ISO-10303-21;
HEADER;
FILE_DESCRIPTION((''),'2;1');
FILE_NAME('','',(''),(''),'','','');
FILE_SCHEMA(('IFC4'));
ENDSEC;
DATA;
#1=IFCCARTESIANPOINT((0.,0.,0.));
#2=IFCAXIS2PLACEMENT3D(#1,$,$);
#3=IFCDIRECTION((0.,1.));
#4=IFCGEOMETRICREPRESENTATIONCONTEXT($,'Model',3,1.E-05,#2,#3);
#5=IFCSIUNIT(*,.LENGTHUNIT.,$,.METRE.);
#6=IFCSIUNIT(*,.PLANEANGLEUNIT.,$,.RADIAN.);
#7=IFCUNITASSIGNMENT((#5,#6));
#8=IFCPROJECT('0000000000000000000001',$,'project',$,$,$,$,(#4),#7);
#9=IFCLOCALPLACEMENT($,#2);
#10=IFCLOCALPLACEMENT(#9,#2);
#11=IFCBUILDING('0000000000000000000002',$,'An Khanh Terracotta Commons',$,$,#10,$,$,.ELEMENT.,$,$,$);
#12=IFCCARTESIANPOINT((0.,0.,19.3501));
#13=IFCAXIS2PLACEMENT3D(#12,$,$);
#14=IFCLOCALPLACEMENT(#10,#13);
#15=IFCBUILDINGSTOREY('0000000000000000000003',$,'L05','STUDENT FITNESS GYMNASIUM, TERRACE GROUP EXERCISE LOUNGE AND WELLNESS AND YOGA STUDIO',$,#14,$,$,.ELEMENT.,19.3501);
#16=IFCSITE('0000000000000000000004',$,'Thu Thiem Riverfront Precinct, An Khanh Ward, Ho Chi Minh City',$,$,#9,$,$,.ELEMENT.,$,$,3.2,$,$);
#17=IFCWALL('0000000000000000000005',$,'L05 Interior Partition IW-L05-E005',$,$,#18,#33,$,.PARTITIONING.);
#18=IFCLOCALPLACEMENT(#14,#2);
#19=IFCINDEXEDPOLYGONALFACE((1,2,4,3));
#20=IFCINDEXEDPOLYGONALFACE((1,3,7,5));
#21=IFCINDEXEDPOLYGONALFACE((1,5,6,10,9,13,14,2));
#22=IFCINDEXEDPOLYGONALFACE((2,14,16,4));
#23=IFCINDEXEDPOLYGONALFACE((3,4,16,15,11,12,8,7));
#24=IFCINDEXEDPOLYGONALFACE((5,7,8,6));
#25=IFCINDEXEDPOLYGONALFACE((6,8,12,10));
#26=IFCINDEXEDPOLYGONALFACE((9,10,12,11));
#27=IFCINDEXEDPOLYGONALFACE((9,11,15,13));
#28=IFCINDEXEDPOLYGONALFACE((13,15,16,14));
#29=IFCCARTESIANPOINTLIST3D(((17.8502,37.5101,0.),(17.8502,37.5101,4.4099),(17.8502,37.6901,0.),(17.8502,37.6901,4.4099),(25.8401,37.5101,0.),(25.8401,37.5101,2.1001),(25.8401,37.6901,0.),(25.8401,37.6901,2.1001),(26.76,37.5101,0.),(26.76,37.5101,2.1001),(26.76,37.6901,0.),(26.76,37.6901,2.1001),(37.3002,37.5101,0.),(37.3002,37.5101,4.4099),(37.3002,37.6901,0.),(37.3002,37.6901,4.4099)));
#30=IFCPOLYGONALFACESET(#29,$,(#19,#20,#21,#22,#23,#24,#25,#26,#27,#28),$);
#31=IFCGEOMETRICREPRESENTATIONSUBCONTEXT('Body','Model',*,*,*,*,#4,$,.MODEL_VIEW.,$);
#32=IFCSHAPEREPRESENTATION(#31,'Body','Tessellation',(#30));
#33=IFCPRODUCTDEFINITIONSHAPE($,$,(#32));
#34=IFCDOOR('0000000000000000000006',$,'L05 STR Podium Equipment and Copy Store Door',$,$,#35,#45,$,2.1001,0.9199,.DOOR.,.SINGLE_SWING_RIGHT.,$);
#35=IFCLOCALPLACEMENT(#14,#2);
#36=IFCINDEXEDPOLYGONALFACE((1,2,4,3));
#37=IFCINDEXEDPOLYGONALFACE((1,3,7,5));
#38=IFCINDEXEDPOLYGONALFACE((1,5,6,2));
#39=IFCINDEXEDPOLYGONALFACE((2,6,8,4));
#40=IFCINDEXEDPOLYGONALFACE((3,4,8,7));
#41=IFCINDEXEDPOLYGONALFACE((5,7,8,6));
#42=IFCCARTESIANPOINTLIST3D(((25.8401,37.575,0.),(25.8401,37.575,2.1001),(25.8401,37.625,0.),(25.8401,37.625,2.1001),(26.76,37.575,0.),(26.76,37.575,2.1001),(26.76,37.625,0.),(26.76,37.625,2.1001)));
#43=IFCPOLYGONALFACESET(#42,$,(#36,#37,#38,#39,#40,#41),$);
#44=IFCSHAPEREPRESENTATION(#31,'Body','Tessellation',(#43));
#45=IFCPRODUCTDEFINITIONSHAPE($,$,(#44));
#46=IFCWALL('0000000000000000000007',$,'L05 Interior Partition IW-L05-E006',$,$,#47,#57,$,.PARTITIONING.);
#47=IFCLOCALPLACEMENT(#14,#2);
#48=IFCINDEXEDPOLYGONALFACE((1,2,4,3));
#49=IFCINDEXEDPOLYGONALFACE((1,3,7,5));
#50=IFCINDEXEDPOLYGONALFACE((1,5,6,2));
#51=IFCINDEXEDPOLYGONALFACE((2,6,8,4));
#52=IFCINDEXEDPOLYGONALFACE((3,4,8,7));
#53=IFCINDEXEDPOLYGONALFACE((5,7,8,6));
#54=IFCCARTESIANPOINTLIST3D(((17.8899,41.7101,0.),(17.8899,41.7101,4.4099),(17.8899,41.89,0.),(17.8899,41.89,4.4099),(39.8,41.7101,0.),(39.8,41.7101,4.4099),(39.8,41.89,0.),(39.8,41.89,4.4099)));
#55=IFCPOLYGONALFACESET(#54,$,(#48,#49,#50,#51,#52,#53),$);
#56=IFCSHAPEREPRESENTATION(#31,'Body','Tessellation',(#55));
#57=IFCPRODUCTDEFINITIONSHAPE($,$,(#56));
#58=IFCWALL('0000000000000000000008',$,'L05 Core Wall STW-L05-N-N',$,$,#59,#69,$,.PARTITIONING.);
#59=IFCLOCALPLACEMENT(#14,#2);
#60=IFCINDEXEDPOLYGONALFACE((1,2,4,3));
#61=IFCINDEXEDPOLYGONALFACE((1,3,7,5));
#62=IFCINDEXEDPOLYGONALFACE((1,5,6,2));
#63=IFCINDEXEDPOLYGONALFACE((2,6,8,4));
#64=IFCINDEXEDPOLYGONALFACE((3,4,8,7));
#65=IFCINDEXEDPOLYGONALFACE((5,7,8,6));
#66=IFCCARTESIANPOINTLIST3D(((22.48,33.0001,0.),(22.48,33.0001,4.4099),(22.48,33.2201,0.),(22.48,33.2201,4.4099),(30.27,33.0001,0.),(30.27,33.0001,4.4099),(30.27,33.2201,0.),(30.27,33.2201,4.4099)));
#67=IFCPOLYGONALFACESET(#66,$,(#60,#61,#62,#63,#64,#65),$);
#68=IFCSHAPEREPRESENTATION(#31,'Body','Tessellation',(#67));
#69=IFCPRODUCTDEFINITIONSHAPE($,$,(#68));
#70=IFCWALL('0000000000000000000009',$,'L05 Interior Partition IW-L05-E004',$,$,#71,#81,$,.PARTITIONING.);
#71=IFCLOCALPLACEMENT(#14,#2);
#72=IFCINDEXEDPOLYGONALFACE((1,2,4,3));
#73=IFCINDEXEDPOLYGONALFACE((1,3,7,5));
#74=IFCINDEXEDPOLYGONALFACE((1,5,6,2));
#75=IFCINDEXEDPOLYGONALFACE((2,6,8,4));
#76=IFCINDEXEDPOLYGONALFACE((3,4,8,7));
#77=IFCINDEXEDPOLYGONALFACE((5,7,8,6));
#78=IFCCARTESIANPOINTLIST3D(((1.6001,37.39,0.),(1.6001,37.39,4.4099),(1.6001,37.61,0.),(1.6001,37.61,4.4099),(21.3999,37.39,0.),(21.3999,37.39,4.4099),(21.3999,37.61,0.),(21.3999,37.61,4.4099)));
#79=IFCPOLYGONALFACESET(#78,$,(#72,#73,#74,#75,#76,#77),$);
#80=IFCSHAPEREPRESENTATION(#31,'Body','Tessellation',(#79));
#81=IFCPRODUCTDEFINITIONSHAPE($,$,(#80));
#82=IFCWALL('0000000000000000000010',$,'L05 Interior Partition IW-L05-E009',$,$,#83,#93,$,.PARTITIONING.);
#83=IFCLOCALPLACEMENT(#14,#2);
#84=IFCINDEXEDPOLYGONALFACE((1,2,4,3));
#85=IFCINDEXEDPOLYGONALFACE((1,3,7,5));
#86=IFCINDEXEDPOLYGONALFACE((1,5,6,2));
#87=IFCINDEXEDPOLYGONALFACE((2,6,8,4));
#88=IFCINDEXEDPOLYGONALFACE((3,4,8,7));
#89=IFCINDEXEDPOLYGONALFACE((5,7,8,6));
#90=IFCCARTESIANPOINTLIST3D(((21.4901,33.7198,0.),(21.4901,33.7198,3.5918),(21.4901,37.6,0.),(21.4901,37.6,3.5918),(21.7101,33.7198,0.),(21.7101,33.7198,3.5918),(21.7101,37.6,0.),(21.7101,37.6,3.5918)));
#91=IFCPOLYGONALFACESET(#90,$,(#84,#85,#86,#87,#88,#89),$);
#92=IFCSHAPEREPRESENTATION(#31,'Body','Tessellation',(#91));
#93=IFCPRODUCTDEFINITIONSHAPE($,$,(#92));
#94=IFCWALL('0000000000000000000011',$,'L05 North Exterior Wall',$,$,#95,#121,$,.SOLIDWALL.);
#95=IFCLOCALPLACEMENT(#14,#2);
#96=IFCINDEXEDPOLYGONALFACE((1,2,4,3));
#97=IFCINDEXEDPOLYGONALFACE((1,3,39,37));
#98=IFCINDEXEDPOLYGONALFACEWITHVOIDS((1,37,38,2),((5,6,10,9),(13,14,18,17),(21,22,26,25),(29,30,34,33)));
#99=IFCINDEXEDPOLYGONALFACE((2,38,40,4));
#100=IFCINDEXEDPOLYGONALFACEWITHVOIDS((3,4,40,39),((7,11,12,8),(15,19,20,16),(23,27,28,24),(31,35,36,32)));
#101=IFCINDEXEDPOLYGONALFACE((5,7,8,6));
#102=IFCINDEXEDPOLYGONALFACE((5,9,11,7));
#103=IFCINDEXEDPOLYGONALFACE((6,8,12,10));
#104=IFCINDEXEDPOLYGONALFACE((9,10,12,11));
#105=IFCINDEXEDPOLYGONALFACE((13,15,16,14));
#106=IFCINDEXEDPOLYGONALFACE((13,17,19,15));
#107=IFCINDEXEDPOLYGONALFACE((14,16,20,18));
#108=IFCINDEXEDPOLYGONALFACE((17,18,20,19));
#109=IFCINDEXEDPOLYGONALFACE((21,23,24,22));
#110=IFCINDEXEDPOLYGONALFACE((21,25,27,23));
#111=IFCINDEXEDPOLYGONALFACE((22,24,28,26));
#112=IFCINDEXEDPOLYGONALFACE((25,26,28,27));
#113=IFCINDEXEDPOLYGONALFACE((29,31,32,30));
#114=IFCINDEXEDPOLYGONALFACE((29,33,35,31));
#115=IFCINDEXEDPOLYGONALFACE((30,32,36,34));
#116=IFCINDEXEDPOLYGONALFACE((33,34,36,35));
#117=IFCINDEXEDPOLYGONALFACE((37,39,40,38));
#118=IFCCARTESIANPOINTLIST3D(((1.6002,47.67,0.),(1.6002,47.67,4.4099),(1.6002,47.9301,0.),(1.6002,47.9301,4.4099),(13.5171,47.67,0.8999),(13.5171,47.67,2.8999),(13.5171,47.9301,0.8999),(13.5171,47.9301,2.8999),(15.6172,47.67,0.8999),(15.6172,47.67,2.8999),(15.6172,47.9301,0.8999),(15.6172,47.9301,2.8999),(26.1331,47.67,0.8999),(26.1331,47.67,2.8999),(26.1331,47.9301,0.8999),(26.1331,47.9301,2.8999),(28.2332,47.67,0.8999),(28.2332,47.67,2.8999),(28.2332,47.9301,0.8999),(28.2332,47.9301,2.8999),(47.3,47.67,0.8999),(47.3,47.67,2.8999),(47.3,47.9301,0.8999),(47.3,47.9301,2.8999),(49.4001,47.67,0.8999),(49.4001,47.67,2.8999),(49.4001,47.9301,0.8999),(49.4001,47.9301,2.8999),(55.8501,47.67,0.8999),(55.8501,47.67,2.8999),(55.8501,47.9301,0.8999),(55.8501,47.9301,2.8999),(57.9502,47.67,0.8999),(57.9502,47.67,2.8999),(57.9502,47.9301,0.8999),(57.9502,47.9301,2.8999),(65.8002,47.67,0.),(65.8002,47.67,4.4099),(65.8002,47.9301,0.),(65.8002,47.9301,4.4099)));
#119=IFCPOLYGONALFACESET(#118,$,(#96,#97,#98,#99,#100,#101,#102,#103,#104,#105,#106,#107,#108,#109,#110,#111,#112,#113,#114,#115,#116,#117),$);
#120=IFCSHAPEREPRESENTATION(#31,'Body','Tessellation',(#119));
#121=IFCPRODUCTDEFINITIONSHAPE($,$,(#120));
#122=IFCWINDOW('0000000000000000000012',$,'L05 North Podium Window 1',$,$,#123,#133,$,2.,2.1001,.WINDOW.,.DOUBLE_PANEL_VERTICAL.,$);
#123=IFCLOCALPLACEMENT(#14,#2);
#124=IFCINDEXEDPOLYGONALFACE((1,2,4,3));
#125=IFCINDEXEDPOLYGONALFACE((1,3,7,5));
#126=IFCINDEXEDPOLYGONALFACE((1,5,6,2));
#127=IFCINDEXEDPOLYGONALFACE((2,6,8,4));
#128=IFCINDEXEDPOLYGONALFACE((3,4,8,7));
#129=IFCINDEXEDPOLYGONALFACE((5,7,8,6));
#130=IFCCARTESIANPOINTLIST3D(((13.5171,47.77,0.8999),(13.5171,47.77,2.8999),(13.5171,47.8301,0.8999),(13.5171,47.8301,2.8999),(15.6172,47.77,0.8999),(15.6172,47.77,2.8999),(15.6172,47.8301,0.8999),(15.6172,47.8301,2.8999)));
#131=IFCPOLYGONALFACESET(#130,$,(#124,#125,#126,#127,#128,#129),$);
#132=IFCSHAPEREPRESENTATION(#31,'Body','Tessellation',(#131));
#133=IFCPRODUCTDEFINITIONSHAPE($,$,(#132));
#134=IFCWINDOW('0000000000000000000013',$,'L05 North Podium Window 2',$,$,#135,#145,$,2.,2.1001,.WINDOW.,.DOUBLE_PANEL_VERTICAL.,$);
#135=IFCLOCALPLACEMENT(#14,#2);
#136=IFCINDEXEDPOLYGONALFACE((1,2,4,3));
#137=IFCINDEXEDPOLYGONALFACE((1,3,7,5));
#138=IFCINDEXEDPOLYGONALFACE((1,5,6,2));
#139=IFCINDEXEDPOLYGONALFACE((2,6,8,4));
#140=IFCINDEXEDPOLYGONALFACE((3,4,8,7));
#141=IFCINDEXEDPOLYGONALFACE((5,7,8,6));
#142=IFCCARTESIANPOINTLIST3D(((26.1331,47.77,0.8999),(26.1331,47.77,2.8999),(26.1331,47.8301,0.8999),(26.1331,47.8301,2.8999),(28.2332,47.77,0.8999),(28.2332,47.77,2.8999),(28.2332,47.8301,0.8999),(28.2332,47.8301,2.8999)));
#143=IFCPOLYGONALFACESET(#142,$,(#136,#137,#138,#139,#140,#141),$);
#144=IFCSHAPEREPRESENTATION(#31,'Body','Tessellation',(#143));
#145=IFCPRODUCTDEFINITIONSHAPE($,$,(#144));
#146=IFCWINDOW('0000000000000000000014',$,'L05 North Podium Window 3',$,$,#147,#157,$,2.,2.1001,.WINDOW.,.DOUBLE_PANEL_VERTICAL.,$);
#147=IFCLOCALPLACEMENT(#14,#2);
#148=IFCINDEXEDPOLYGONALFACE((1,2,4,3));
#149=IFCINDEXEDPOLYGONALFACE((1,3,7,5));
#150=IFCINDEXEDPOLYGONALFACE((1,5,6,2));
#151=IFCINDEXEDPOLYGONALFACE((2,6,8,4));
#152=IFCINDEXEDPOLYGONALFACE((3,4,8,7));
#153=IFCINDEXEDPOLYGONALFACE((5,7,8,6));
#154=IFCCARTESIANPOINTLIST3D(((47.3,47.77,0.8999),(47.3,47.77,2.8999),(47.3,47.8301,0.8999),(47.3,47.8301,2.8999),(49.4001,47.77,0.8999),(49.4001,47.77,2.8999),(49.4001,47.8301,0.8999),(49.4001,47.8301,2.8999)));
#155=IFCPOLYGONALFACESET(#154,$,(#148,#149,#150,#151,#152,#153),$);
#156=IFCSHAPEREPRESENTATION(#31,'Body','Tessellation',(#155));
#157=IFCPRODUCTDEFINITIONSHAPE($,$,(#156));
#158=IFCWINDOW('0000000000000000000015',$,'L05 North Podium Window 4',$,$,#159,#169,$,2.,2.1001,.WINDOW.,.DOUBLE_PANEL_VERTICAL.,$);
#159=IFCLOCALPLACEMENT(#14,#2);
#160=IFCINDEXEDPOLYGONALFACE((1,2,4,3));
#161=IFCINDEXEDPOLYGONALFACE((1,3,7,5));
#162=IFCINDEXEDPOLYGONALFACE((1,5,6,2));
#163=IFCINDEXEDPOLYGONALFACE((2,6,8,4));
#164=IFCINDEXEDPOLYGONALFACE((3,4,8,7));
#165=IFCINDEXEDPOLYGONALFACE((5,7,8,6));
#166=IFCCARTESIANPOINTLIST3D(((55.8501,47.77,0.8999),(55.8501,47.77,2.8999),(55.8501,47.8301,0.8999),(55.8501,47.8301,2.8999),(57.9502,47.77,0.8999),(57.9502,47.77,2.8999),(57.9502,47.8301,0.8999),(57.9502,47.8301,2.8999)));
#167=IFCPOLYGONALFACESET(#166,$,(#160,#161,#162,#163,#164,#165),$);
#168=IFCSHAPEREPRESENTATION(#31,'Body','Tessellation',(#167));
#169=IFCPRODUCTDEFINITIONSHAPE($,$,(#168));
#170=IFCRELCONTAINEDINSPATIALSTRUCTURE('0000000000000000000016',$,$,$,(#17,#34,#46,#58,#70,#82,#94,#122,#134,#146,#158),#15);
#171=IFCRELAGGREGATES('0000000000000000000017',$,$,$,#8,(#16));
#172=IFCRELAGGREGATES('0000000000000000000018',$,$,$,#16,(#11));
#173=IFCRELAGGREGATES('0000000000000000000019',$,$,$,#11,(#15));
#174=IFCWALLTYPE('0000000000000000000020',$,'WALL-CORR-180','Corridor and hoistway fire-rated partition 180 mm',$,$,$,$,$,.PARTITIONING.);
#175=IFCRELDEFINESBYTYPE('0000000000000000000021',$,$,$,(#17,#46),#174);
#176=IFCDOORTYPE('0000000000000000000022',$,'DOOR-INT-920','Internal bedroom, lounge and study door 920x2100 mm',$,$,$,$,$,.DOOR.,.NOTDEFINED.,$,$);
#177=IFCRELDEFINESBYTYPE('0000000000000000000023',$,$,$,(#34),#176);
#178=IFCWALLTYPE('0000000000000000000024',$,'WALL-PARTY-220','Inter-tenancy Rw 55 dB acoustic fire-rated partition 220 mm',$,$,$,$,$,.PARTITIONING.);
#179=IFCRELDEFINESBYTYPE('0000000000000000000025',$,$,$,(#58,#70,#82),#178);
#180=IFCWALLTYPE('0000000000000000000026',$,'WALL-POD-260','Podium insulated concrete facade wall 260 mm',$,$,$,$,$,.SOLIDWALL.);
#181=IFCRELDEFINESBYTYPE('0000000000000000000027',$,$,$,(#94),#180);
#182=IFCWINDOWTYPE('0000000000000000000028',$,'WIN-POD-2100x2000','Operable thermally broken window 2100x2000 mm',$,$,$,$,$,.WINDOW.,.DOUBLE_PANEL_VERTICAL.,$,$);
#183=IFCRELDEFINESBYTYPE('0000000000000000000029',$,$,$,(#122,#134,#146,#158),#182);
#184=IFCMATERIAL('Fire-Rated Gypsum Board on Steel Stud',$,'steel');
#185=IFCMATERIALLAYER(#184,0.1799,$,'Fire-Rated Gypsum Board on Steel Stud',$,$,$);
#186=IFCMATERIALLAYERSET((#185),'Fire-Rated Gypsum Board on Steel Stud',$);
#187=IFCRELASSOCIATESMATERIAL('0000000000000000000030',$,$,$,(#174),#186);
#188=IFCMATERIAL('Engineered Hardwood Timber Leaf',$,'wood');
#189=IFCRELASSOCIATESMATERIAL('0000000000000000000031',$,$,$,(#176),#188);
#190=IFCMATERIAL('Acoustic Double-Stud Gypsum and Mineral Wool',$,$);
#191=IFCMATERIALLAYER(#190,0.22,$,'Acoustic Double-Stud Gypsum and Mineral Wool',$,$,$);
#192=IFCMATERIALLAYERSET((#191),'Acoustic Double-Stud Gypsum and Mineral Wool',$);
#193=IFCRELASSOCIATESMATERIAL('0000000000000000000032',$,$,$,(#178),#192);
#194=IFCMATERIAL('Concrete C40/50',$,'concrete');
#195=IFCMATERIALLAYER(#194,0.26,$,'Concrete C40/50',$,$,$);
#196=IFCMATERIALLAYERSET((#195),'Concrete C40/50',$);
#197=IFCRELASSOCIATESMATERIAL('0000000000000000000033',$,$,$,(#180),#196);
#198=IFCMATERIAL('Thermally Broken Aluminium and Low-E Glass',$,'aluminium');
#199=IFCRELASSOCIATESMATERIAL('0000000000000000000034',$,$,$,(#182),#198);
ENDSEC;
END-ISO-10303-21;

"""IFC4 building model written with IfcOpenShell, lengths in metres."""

from ifc_helpers import new_model, si_unit, direction, frame, frame_2d, origin, place, context, subcontext, project, spatial, rectangle, extrude, material, layer, layer_set, type_object, element, fill, save


model = new_model("IFC4")

# Units and contexts
model_context = context("Model", 3, precision=1e-05, world=origin(), true_north=direction((0.0, 1.0)))
body_context = subcontext(model_context, "Body", "Model", "MODEL_VIEW")
ifc_project = project(units=[si_unit("LENGTHUNIT", "METRE"), si_unit("PLANEANGLEUNIT", "RADIAN")], contexts=[model_context])

# Site, building, storey
site_placement = place(None, origin())
site = spatial("IfcSite", under=ifc_project, at=site_placement, Name="Thu Thiem Riverfront Precinct, An Khanh Ward, Ho Chi Minh City", CompositionType="ELEMENT", RefElevation=3.2)
building_placement = place(site_placement, origin())
building = spatial("IfcBuilding", under=site, at=building_placement, Name="An Khanh Terracotta Commons", CompositionType="ELEMENT")
storey_placement = place(building_placement, frame((0.0, 0.0, 19.3501)))
storey = spatial("IfcBuildingStorey", under=building, at=storey_placement, Name="L05", Description="STUDENT FITNESS GYMNASIUM, TERRACE GROUP EXERCISE LOUNGE AND WELLNESS AND YOGA STUDIO", CompositionType="ELEMENT", Elevation=19.3501)

# Wall, opening, door
ifc_material_1 = material(Name="Fire-Rated Gypsum Board on Steel Stud", Category="steel")
ifc_layer_1 = layer(ifc_material_1, 0.1799, Name="Fire-Rated Gypsum Board on Steel Stud")
ifc_layer_set_1 = layer_set([ifc_layer_1], Name="Fire-Rated Gypsum Board on Steel Stud")
wall_type_1 = type_object("IfcWallType", Name="WALL-CORR-180", Description="Corridor and hoistway fire-rated partition 180 mm", PredefinedType="PARTITIONING", material=ifc_layer_set_1)
wall_1_placement = place(storey_placement, frame((17.8501, 37.6001, 0.0), z_axis=(0.0, 0.0, 1.0), x_axis=(1.0, 0.0, 0.0)))
wall_1 = element("IfcWall", 1, at=wall_1_placement, inside=storey, type_object=wall_type_1, Name="L05 Interior Partition IW-L05-E005", PredefinedType="PARTITIONING", context=body_context, shape_type="SweptSolid", body=[
    extrude(rectangle(XDim=19.45, YDim=0.1799, at=frame_2d((9.7251, 0.0))), origin(), (0.0, 0.0, 1.0), 4.4099),
])
opening_1_placement = place(wall_1_placement, frame((7.99, 0.0, 0.0)))
opening_1 = element("IfcOpeningElement", 2, at=opening_1_placement, cuts=wall_1, PredefinedType="OPENING", context=body_context, shape_type="SweptSolid", body=[
    extrude(rectangle(XDim=0.9199, YDim=2.1001, at=frame_2d((0.46, 1.05))), frame((0.0, 0.0999, 0.0), z_axis=(0.0, -1.0, 0.0), x_axis=(1.0, 0.0, 0.0)), (0.0, 0.0, 1.0), 0.2),
])
ifc_material_2 = material(Name="Engineered Hardwood Timber Leaf", Category="wood")
door_type_1 = type_object("IfcDoorType", Name="DOOR-INT-920", Description="Internal bedroom, lounge and study door 920x2100 mm", OperationType="NOTDEFINED", PredefinedType="DOOR", material=ifc_material_2)
door_1_placement = place(opening_1_placement, origin())
door_1 = element("IfcDoor", 3, at=door_1_placement, inside=storey, type_object=door_type_1, Name="L05 STR Podium Equipment and Copy Store Door", OperationType="SINGLE_SWING_RIGHT", OverallHeight=2.1001, OverallWidth=0.9199, PredefinedType="DOOR", context=body_context, shape_type="SweptSolid", body=[
    extrude(rectangle(XDim=0.9199, YDim=2.1001, at=frame_2d((0.46, 1.05))), frame((0.0, 0.0249, 0.0), z_axis=(0.0, -1.0, 0.0), x_axis=(1.0, 0.0, 0.0)), (0.0, 0.0, 1.0), 0.05),
])
fill(opening_1, door_1)

# Walls
wall_2_placement = place(storey_placement, frame((17.8899, 41.8, 0.0), z_axis=(0.0, 0.0, 1.0), x_axis=(1.0, 0.0, 0.0)))
element("IfcWall", 4, at=wall_2_placement, inside=storey, type_object=wall_type_1, Name="L05 Interior Partition IW-L05-E006", PredefinedType="PARTITIONING", context=body_context, shape_type="SweptSolid", body=[
    extrude(rectangle(XDim=21.9102, YDim=0.1799, at=frame_2d((10.9551, 0.0))), origin(), (0.0, 0.0, 1.0), 4.4099),
])
ifc_material_3 = material(Name="Acoustic Double-Stud Gypsum and Mineral Wool")
ifc_layer_2 = layer(ifc_material_3, 0.22, Name="Acoustic Double-Stud Gypsum and Mineral Wool")
ifc_layer_set_2 = layer_set([ifc_layer_2], Name="Acoustic Double-Stud Gypsum and Mineral Wool")
wall_type_2 = type_object("IfcWallType", Name="WALL-PARTY-220", Description="Inter-tenancy Rw 55 dB acoustic fire-rated partition 220 mm", PredefinedType="PARTITIONING", material=ifc_layer_set_2)
wall_3_placement = place(storey_placement, frame((22.48, 33.1101, 0.0), z_axis=(0.0, 0.0, 1.0), x_axis=(1.0, 0.0, 0.0)))
element("IfcWall", 5, at=wall_3_placement, inside=storey, type_object=wall_type_2, Name="L05 Core Wall STW-L05-N-N", PredefinedType="PARTITIONING", context=body_context, shape_type="SweptSolid", body=[
    extrude(rectangle(XDim=7.79, YDim=0.22, at=frame_2d((3.895, 0.0))), origin(), (0.0, 0.0, 1.0), 4.4099),
])
wall_4_placement = place(storey_placement, frame((1.6001, 37.5, 0.0), z_axis=(0.0, 0.0, 1.0), x_axis=(1.0, 0.0, 0.0)))
element("IfcWall", 6, at=wall_4_placement, inside=storey, type_object=wall_type_2, Name="L05 Interior Partition IW-L05-E004", PredefinedType="PARTITIONING", context=body_context, shape_type="SweptSolid", body=[
    extrude(rectangle(XDim=19.7998, YDim=0.22, at=frame_2d((9.8999, 0.0))), origin(), (0.0, 0.0, 1.0), 4.4099),
])
wall_5_placement = place(storey_placement, frame((21.6001, 33.72, 0.0), z_axis=(0.0, 0.0, 1.0), x_axis=(0.0, 1.0, 0.0)))
element("IfcWall", 7, at=wall_5_placement, inside=storey, type_object=wall_type_2, Name="L05 Interior Partition IW-L05-E009", PredefinedType="PARTITIONING", context=body_context, shape_type="SweptSolid", body=[
    extrude(rectangle(XDim=3.8801, YDim=0.22, at=frame_2d((1.9399, 0.0))), origin(), (0.0, 0.0, 1.0), 3.5918),
])

# Wall, openings, windows
ifc_material_4 = material(Name="Concrete C40/50", Category="concrete")
ifc_layer_3 = layer(ifc_material_4, 0.26, Name="Concrete C40/50")
ifc_layer_set_3 = layer_set([ifc_layer_3], Name="Concrete C40/50")
wall_type_3 = type_object("IfcWallType", Name="WALL-POD-260", Description="Podium insulated concrete facade wall 260 mm", PredefinedType="SOLIDWALL", material=ifc_layer_set_3)
wall_6_placement = place(storey_placement, frame((1.6001, 47.8, 0.0), z_axis=(0.0, 0.0, 1.0), x_axis=(1.0, 0.0, 0.0)))
wall_6 = element("IfcWall", 8, at=wall_6_placement, inside=storey, type_object=wall_type_3, Name="L05 North Exterior Wall", PredefinedType="SOLIDWALL", context=body_context, shape_type="SweptSolid", body=[
    extrude(rectangle(XDim=64.2, YDim=0.26, at=frame_2d((32.1001, 0.0))), origin(), (0.0, 0.0, 1.0), 4.4099),
])
opening_2_placement = place(wall_6_placement, frame((11.917, 0.0, 0.8999)))
opening_2 = element("IfcOpeningElement", 9, at=opening_2_placement, cuts=wall_6, PredefinedType="OPENING", context=body_context, shape_type="SweptSolid", body=[
    extrude(rectangle(XDim=2.1001, YDim=2.0, at=frame_2d((1.05, 1.0))), frame((0.0, 0.1399, 0.0), z_axis=(0.0, -1.0, 0.0), x_axis=(1.0, 0.0, 0.0)), (0.0, 0.0, 1.0), 0.28),
])
opening_3_placement = place(wall_6_placement, frame((24.533, 0.0, 0.8999)))
opening_3 = element("IfcOpeningElement", 10, at=opening_3_placement, cuts=wall_6, PredefinedType="OPENING", context=body_context, shape_type="SweptSolid", body=[
    extrude(rectangle(XDim=2.1001, YDim=2.0, at=frame_2d((1.05, 1.0))), frame((0.0, 0.1399, 0.0), z_axis=(0.0, -1.0, 0.0), x_axis=(1.0, 0.0, 0.0)), (0.0, 0.0, 1.0), 0.28),
])
opening_4_placement = place(wall_6_placement, frame((45.7, 0.0, 0.8999)))
opening_4 = element("IfcOpeningElement", 11, at=opening_4_placement, cuts=wall_6, PredefinedType="OPENING", context=body_context, shape_type="SweptSolid", body=[
    extrude(rectangle(XDim=2.1001, YDim=2.0, at=frame_2d((1.05, 1.0))), frame((0.0, 0.1399, 0.0), z_axis=(0.0, -1.0, 0.0), x_axis=(1.0, 0.0, 0.0)), (0.0, 0.0, 1.0), 0.28),
])
opening_5_placement = place(wall_6_placement, frame((54.25, 0.0, 0.8999)))
opening_5 = element("IfcOpeningElement", 12, at=opening_5_placement, cuts=wall_6, PredefinedType="OPENING", context=body_context, shape_type="SweptSolid", body=[
    extrude(rectangle(XDim=2.1001, YDim=2.0, at=frame_2d((1.05, 1.0))), frame((0.0, 0.1399, 0.0), z_axis=(0.0, -1.0, 0.0), x_axis=(1.0, 0.0, 0.0)), (0.0, 0.0, 1.0), 0.28),
])
ifc_material_5 = material(Name="Thermally Broken Aluminium and Low-E Glass", Category="aluminium")
window_type = type_object("IfcWindowType", Name="WIN-POD-2100x2000", Description="Operable thermally broken window 2100x2000 mm", PartitioningType="DOUBLE_PANEL_VERTICAL", PredefinedType="WINDOW", material=ifc_material_5)
window_1_placement = place(opening_2_placement, origin())
window_1 = element("IfcWindow", 13, at=window_1_placement, inside=storey, type_object=window_type, Name="L05 North Podium Window 1", OverallHeight=2.0, OverallWidth=2.1001, PartitioningType="DOUBLE_PANEL_VERTICAL", PredefinedType="WINDOW", context=body_context, shape_type="SweptSolid", body=[
    extrude(rectangle(XDim=2.1001, YDim=2.0, at=frame_2d((1.05, 1.0))), frame((0.0, 0.03, 0.0), z_axis=(0.0, -1.0, 0.0), x_axis=(1.0, 0.0, 0.0)), (0.0, 0.0, 1.0), 0.0601),
])
fill(opening_2, window_1)
window_2_placement = place(opening_3_placement, origin())
window_2 = element("IfcWindow", 14, at=window_2_placement, inside=storey, type_object=window_type, Name="L05 North Podium Window 2", OverallHeight=2.0, OverallWidth=2.1001, PartitioningType="DOUBLE_PANEL_VERTICAL", PredefinedType="WINDOW", context=body_context, shape_type="SweptSolid", body=[
    extrude(rectangle(XDim=2.1001, YDim=2.0, at=frame_2d((1.05, 1.0))), frame((0.0, 0.03, 0.0), z_axis=(0.0, -1.0, 0.0), x_axis=(1.0, 0.0, 0.0)), (0.0, 0.0, 1.0), 0.0601),
])
fill(opening_3, window_2)
window_3_placement = place(opening_4_placement, origin())
window_3 = element("IfcWindow", 15, at=window_3_placement, inside=storey, type_object=window_type, Name="L05 North Podium Window 3", OverallHeight=2.0, OverallWidth=2.1001, PartitioningType="DOUBLE_PANEL_VERTICAL", PredefinedType="WINDOW", context=body_context, shape_type="SweptSolid", body=[
    extrude(rectangle(XDim=2.1001, YDim=2.0, at=frame_2d((1.05, 1.0))), frame((0.0, 0.03, 0.0), z_axis=(0.0, -1.0, 0.0), x_axis=(1.0, 0.0, 0.0)), (0.0, 0.0, 1.0), 0.0601),
])
fill(opening_4, window_3)
window_4_placement = place(opening_5_placement, origin())
window_4 = element("IfcWindow", 16, at=window_4_placement, inside=storey, type_object=window_type, Name="L05 North Podium Window 4", OverallHeight=2.0, OverallWidth=2.1001, PartitioningType="DOUBLE_PANEL_VERTICAL", PredefinedType="WINDOW", context=body_context, shape_type="SweptSolid", body=[
    extrude(rectangle(XDim=2.1001, YDim=2.0, at=frame_2d((1.05, 1.0))), frame((0.0, 0.03, 0.0), z_axis=(0.0, -1.0, 0.0), x_axis=(1.0, 0.0, 0.0)), (0.0, 0.0, 1.0), 0.0601),
])
fill(opening_5, window_4)

save(model, "model.ifc")
